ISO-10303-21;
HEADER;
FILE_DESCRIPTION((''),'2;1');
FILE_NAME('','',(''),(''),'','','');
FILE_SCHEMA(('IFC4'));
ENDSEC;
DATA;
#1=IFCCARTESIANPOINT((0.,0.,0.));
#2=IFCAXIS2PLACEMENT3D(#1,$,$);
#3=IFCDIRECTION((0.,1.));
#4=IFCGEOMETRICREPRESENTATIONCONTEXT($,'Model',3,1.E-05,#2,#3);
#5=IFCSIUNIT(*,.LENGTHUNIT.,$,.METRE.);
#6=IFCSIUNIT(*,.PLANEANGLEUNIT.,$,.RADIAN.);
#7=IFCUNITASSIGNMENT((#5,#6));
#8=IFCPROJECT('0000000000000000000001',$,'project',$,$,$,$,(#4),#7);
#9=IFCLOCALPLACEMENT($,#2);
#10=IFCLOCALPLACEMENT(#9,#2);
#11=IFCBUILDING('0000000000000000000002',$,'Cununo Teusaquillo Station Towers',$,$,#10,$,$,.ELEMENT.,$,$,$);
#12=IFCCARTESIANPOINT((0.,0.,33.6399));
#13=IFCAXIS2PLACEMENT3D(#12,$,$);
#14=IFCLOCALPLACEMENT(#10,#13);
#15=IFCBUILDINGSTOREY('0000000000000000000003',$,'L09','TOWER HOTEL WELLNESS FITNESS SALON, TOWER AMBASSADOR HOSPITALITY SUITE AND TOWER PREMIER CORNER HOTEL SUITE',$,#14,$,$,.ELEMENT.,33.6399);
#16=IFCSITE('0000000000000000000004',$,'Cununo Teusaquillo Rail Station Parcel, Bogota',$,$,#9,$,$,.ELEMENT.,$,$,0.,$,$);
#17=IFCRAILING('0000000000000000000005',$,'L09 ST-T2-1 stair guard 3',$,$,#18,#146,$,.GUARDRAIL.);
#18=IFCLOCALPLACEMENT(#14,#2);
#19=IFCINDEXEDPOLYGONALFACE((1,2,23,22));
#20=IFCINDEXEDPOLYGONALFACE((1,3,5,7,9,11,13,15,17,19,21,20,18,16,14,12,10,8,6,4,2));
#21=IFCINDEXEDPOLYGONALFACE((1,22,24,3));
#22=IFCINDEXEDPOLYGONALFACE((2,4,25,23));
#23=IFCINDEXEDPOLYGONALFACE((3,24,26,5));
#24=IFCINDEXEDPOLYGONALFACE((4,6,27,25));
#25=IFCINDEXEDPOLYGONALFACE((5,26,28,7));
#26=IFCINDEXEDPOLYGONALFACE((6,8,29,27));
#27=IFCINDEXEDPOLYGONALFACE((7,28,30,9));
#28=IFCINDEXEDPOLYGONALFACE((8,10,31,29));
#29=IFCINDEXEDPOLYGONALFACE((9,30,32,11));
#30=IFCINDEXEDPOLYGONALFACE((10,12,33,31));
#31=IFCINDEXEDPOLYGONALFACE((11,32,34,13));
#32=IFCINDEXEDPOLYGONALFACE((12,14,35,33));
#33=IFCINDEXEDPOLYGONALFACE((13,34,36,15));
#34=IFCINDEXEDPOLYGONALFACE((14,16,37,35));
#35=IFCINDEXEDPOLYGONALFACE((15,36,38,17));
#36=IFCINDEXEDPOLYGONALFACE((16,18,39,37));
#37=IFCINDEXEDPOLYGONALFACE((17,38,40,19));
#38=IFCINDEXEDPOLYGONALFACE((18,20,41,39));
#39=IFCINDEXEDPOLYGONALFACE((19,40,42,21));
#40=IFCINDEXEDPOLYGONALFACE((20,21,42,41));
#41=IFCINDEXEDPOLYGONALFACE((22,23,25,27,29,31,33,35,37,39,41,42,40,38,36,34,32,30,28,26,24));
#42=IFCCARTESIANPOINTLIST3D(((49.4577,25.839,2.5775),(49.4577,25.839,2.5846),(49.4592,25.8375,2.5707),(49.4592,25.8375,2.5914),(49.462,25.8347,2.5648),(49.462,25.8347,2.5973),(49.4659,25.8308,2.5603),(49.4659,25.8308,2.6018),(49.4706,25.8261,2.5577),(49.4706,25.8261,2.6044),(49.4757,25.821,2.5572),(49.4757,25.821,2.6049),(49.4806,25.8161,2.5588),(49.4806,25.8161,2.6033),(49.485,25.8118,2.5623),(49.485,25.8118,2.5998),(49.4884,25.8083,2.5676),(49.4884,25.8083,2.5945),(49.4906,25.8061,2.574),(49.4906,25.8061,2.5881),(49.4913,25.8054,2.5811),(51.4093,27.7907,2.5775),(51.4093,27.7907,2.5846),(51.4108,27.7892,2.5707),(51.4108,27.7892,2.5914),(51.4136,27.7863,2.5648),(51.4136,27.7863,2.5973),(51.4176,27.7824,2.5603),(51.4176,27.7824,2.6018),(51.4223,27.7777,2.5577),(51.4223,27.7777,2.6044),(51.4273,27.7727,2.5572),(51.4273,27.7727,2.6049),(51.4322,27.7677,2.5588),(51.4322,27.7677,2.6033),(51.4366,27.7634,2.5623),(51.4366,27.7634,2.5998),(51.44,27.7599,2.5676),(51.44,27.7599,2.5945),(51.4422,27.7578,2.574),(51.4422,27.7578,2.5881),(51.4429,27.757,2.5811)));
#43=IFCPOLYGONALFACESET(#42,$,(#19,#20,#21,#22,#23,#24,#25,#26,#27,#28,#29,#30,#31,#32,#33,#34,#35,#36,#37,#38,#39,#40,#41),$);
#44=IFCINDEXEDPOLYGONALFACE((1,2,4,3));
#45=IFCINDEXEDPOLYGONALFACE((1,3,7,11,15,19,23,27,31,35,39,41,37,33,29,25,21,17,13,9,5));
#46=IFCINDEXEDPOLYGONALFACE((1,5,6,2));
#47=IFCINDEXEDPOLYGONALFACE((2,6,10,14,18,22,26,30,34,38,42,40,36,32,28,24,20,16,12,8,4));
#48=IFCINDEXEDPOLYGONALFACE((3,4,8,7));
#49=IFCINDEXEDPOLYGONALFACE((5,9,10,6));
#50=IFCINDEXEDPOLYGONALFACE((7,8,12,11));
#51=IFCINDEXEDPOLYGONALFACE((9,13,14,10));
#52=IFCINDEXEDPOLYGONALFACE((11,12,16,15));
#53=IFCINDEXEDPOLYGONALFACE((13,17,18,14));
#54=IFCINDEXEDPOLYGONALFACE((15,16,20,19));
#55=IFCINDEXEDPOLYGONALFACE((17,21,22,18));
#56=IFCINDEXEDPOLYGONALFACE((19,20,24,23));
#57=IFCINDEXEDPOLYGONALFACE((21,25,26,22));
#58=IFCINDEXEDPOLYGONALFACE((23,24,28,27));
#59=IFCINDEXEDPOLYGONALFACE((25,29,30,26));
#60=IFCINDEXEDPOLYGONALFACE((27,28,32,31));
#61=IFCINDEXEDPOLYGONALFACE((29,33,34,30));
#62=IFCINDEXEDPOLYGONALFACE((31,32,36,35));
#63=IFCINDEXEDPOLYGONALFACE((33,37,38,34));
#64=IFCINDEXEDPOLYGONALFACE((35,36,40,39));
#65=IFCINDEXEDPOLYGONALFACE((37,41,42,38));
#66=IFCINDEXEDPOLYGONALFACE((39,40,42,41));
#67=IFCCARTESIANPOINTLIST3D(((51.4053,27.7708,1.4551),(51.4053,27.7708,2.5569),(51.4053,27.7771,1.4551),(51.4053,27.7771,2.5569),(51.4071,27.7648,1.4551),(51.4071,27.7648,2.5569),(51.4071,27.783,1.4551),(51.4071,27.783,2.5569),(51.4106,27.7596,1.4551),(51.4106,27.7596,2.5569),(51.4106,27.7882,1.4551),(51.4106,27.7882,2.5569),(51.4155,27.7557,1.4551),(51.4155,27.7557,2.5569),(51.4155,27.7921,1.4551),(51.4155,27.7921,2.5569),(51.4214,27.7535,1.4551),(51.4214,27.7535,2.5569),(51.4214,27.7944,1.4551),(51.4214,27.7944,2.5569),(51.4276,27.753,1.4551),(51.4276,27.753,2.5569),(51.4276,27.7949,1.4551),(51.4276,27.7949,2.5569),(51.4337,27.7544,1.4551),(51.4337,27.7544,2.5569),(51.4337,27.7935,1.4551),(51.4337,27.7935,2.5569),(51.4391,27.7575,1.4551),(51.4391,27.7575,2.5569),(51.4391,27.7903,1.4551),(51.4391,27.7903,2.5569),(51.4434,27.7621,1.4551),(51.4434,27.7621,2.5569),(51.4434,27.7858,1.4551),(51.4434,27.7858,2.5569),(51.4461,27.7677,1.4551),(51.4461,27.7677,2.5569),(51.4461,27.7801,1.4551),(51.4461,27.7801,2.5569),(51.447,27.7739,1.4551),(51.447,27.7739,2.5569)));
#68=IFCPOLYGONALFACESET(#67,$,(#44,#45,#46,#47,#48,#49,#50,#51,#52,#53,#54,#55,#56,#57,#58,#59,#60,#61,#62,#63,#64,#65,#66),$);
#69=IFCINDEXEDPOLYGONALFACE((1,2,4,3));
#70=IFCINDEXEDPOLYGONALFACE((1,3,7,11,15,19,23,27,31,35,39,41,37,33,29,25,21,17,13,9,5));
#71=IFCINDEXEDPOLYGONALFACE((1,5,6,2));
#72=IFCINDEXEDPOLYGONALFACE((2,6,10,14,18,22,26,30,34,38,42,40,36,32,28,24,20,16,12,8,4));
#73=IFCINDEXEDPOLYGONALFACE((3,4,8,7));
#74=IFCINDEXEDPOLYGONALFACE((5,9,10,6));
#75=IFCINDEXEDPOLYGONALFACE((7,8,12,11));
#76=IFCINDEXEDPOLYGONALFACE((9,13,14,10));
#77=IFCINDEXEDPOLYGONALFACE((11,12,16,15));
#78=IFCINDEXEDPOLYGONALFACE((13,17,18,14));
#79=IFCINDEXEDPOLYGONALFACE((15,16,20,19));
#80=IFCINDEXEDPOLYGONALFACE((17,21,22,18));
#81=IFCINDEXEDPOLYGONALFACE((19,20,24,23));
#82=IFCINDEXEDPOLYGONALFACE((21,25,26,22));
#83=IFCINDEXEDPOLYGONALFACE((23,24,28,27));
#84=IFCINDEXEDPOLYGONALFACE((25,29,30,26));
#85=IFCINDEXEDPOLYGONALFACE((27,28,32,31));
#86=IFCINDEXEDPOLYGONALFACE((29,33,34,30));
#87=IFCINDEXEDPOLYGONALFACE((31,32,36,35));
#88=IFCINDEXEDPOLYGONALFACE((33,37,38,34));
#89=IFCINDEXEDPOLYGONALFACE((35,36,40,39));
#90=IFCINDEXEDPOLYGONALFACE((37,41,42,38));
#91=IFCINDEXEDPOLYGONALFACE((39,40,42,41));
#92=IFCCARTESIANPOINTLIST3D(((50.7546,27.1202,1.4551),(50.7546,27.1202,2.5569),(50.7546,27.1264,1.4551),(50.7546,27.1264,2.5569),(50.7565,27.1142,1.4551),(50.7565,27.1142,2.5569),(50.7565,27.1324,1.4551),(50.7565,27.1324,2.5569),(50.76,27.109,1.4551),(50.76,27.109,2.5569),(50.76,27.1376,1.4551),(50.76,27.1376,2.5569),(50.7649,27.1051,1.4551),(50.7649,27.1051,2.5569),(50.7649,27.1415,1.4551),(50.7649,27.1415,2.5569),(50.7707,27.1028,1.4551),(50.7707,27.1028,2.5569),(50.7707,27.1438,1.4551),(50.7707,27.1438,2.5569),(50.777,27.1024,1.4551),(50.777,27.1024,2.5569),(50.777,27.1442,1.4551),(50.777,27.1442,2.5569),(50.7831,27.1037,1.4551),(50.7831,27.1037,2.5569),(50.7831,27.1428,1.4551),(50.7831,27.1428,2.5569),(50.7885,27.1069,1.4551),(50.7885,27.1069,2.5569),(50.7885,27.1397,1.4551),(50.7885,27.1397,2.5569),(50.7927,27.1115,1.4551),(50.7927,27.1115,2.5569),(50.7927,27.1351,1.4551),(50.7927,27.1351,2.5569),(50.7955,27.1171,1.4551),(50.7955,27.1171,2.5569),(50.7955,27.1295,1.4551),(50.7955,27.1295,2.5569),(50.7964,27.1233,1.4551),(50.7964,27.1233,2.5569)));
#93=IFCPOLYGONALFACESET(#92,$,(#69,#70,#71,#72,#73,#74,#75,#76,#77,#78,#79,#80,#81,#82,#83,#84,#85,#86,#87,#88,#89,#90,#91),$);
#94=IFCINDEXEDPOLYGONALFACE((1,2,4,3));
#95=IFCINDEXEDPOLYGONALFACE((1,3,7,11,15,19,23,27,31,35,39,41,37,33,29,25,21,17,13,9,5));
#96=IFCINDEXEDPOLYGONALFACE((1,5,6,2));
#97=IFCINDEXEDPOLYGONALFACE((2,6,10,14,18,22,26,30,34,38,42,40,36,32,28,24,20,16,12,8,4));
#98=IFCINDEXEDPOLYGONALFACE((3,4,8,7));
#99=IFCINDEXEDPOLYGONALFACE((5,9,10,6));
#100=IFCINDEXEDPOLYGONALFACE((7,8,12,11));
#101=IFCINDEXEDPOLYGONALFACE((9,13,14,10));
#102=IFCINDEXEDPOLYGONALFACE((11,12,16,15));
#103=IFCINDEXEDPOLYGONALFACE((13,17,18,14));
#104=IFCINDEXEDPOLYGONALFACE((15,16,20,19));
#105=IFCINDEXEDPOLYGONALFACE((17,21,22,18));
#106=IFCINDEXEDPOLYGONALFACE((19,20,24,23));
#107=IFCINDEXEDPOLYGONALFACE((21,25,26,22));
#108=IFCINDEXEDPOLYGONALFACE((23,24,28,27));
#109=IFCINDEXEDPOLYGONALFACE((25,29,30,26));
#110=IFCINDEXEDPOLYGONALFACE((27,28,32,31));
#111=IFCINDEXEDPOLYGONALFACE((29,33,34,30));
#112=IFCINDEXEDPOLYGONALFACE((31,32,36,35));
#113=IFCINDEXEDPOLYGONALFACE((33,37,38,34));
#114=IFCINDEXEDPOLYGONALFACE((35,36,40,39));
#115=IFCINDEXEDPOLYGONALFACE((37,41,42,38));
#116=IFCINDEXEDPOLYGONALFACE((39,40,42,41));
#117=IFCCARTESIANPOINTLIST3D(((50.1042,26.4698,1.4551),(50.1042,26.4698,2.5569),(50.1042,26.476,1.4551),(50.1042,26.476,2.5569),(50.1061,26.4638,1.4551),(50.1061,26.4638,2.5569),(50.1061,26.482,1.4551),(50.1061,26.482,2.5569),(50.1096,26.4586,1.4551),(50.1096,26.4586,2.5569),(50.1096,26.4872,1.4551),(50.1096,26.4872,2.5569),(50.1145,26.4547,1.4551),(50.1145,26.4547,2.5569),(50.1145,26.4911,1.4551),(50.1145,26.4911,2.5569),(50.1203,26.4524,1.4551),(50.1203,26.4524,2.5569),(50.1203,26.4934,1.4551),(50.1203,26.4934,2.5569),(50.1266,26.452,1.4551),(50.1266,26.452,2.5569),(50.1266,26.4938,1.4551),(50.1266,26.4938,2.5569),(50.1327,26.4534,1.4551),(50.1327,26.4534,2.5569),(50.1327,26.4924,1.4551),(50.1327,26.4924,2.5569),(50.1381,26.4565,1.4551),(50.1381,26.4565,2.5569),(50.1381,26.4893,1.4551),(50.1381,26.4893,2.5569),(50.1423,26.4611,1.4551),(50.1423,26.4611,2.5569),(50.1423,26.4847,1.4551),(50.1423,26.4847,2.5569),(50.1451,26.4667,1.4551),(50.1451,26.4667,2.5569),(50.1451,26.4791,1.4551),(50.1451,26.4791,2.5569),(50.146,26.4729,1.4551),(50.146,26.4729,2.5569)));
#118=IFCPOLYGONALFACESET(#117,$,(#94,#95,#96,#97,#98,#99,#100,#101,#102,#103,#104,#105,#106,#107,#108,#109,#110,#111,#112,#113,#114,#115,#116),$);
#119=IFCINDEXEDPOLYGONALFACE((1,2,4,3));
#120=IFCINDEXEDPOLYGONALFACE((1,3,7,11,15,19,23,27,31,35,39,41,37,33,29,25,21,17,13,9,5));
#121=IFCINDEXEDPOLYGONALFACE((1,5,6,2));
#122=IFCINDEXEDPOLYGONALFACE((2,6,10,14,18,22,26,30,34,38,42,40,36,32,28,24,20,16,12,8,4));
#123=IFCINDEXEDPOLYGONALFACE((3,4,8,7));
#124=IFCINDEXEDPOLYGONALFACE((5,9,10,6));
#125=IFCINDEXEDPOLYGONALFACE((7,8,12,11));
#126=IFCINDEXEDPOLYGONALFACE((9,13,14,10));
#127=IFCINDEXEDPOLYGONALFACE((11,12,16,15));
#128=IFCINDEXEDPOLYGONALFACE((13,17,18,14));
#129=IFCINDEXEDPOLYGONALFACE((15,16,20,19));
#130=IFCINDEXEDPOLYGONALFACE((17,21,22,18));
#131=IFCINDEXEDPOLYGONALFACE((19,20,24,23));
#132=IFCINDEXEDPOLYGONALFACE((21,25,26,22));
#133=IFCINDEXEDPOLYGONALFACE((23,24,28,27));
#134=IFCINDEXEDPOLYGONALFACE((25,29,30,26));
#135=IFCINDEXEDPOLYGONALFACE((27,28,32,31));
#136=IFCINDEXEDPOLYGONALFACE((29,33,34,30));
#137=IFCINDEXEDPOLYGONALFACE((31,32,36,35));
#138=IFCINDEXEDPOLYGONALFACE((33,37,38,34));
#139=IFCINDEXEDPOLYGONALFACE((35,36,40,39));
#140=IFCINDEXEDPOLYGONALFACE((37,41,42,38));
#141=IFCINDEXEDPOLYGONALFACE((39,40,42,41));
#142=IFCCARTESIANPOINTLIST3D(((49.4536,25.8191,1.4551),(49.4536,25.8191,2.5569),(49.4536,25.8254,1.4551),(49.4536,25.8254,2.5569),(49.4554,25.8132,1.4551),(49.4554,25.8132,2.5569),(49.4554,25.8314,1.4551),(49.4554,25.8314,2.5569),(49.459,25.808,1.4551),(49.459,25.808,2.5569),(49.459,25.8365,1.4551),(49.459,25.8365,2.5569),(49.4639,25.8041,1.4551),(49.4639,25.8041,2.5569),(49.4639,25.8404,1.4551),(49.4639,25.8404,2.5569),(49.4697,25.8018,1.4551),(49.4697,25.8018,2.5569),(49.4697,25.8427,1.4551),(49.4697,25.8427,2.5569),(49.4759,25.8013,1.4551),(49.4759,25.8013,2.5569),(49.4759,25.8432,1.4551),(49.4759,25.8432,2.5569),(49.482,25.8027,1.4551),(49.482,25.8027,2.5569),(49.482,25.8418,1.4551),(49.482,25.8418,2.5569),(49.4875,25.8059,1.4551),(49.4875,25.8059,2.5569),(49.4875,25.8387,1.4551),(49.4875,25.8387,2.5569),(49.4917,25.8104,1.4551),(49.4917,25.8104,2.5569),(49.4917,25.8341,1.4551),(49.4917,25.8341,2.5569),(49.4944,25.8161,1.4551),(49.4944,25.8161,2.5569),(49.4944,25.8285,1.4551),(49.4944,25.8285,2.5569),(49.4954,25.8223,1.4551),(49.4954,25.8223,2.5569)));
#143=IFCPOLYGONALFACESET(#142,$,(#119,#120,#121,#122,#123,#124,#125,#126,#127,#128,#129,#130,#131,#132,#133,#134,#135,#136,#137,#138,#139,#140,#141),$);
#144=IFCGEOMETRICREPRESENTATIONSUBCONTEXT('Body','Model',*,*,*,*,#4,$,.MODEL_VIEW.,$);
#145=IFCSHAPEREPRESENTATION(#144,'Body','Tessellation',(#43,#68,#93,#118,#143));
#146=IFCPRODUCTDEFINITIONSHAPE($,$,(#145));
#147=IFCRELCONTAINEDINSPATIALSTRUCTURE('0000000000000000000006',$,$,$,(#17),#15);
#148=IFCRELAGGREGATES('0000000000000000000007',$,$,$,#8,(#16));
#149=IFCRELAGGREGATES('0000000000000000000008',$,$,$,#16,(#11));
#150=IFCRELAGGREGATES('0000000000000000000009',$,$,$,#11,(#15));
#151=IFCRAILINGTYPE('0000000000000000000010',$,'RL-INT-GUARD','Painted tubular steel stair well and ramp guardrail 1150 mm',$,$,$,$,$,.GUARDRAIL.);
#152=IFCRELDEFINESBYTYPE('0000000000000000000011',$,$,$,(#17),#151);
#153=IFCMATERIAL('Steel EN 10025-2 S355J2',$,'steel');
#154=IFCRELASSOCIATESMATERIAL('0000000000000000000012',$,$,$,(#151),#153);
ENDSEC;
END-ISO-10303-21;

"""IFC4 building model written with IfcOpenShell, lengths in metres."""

from ifc_helpers import new_model, si_unit, direction, frame, origin, origin_2d, place, context, subcontext, project, spatial, circle, extrude, material, type_object, element, save


model = new_model("IFC4")

# Units and contexts
model_context = context("Model", 3, precision=1e-05, world=origin(), true_north=direction((0.0, 1.0)))
body_context = subcontext(model_context, "Body", "Model", "MODEL_VIEW")
ifc_project = project(units=[si_unit("LENGTHUNIT", "METRE"), si_unit("PLANEANGLEUNIT", "RADIAN")], contexts=[model_context])

# Site, building, storey
site_placement = place(None, origin())
site = spatial("IfcSite", under=ifc_project, at=site_placement, Name="Cununo Teusaquillo Rail Station Parcel, Bogota", CompositionType="ELEMENT", RefElevation=0.0)
building_placement = place(site_placement, origin())
building = spatial("IfcBuilding", under=site, at=building_placement, Name="Cununo Teusaquillo Station Towers", CompositionType="ELEMENT")
storey_placement = place(building_placement, frame((0.0, 0.0, 33.6399)))
storey = spatial("IfcBuildingStorey", under=building, at=storey_placement, Name="L09", Description="TOWER HOTEL WELLNESS FITNESS SALON, TOWER AMBASSADOR HOSPITALITY SUITE AND TOWER PREMIER CORNER HOTEL SUITE", CompositionType="ELEMENT", Elevation=33.6399)

# Railing
ifc_material_1 = material(Name="Steel EN 10025-2 S355J2", Category="steel")
railing_type_1 = type_object("IfcRailingType", Name="RL-INT-GUARD", Description="Painted tubular steel stair well and ramp guardrail 1150 mm", PredefinedType="GUARDRAIL", material=ifc_material_1)
railing_1_placement = place(storey_placement, frame((51.426, 27.7739, 1.4551)))
element("IfcRailing", 1, at=railing_1_placement, inside=storey, type_object=railing_type_1, Name="L09 ST-T2-1 stair guard 3", PredefinedType="GUARDRAIL", context=body_context, shape_type="SweptSolid", body=[
    extrude(circle(Radius=0.0239, at=origin_2d()), frame((0.0, 0.0, 1.126), z_axis=(-0.707107, -0.707107, 0.0), x_axis=(0.707107, -0.707107, 0.0)), (0.0, 0.0, 1.0), 2.76),
    extrude(circle(Radius=0.021, at=origin_2d()), origin(), (0.0, 0.0, 1.0), 1.1018),
    extrude(circle(Radius=0.021, at=origin_2d()), frame((-0.6506, -0.6506, 0.0)), (0.0, 0.0, 1.0), 1.1018),
    extrude(circle(Radius=0.021, at=origin_2d()), frame((-1.301, -1.301, 0.0)), (0.0, 0.0, 1.0), 1.1018),
    extrude(circle(Radius=0.021, at=origin_2d()), frame((-1.9517, -1.9517, 0.0)), (0.0, 0.0, 1.0), 1.1018),
])

save(model, "model.ifc")
